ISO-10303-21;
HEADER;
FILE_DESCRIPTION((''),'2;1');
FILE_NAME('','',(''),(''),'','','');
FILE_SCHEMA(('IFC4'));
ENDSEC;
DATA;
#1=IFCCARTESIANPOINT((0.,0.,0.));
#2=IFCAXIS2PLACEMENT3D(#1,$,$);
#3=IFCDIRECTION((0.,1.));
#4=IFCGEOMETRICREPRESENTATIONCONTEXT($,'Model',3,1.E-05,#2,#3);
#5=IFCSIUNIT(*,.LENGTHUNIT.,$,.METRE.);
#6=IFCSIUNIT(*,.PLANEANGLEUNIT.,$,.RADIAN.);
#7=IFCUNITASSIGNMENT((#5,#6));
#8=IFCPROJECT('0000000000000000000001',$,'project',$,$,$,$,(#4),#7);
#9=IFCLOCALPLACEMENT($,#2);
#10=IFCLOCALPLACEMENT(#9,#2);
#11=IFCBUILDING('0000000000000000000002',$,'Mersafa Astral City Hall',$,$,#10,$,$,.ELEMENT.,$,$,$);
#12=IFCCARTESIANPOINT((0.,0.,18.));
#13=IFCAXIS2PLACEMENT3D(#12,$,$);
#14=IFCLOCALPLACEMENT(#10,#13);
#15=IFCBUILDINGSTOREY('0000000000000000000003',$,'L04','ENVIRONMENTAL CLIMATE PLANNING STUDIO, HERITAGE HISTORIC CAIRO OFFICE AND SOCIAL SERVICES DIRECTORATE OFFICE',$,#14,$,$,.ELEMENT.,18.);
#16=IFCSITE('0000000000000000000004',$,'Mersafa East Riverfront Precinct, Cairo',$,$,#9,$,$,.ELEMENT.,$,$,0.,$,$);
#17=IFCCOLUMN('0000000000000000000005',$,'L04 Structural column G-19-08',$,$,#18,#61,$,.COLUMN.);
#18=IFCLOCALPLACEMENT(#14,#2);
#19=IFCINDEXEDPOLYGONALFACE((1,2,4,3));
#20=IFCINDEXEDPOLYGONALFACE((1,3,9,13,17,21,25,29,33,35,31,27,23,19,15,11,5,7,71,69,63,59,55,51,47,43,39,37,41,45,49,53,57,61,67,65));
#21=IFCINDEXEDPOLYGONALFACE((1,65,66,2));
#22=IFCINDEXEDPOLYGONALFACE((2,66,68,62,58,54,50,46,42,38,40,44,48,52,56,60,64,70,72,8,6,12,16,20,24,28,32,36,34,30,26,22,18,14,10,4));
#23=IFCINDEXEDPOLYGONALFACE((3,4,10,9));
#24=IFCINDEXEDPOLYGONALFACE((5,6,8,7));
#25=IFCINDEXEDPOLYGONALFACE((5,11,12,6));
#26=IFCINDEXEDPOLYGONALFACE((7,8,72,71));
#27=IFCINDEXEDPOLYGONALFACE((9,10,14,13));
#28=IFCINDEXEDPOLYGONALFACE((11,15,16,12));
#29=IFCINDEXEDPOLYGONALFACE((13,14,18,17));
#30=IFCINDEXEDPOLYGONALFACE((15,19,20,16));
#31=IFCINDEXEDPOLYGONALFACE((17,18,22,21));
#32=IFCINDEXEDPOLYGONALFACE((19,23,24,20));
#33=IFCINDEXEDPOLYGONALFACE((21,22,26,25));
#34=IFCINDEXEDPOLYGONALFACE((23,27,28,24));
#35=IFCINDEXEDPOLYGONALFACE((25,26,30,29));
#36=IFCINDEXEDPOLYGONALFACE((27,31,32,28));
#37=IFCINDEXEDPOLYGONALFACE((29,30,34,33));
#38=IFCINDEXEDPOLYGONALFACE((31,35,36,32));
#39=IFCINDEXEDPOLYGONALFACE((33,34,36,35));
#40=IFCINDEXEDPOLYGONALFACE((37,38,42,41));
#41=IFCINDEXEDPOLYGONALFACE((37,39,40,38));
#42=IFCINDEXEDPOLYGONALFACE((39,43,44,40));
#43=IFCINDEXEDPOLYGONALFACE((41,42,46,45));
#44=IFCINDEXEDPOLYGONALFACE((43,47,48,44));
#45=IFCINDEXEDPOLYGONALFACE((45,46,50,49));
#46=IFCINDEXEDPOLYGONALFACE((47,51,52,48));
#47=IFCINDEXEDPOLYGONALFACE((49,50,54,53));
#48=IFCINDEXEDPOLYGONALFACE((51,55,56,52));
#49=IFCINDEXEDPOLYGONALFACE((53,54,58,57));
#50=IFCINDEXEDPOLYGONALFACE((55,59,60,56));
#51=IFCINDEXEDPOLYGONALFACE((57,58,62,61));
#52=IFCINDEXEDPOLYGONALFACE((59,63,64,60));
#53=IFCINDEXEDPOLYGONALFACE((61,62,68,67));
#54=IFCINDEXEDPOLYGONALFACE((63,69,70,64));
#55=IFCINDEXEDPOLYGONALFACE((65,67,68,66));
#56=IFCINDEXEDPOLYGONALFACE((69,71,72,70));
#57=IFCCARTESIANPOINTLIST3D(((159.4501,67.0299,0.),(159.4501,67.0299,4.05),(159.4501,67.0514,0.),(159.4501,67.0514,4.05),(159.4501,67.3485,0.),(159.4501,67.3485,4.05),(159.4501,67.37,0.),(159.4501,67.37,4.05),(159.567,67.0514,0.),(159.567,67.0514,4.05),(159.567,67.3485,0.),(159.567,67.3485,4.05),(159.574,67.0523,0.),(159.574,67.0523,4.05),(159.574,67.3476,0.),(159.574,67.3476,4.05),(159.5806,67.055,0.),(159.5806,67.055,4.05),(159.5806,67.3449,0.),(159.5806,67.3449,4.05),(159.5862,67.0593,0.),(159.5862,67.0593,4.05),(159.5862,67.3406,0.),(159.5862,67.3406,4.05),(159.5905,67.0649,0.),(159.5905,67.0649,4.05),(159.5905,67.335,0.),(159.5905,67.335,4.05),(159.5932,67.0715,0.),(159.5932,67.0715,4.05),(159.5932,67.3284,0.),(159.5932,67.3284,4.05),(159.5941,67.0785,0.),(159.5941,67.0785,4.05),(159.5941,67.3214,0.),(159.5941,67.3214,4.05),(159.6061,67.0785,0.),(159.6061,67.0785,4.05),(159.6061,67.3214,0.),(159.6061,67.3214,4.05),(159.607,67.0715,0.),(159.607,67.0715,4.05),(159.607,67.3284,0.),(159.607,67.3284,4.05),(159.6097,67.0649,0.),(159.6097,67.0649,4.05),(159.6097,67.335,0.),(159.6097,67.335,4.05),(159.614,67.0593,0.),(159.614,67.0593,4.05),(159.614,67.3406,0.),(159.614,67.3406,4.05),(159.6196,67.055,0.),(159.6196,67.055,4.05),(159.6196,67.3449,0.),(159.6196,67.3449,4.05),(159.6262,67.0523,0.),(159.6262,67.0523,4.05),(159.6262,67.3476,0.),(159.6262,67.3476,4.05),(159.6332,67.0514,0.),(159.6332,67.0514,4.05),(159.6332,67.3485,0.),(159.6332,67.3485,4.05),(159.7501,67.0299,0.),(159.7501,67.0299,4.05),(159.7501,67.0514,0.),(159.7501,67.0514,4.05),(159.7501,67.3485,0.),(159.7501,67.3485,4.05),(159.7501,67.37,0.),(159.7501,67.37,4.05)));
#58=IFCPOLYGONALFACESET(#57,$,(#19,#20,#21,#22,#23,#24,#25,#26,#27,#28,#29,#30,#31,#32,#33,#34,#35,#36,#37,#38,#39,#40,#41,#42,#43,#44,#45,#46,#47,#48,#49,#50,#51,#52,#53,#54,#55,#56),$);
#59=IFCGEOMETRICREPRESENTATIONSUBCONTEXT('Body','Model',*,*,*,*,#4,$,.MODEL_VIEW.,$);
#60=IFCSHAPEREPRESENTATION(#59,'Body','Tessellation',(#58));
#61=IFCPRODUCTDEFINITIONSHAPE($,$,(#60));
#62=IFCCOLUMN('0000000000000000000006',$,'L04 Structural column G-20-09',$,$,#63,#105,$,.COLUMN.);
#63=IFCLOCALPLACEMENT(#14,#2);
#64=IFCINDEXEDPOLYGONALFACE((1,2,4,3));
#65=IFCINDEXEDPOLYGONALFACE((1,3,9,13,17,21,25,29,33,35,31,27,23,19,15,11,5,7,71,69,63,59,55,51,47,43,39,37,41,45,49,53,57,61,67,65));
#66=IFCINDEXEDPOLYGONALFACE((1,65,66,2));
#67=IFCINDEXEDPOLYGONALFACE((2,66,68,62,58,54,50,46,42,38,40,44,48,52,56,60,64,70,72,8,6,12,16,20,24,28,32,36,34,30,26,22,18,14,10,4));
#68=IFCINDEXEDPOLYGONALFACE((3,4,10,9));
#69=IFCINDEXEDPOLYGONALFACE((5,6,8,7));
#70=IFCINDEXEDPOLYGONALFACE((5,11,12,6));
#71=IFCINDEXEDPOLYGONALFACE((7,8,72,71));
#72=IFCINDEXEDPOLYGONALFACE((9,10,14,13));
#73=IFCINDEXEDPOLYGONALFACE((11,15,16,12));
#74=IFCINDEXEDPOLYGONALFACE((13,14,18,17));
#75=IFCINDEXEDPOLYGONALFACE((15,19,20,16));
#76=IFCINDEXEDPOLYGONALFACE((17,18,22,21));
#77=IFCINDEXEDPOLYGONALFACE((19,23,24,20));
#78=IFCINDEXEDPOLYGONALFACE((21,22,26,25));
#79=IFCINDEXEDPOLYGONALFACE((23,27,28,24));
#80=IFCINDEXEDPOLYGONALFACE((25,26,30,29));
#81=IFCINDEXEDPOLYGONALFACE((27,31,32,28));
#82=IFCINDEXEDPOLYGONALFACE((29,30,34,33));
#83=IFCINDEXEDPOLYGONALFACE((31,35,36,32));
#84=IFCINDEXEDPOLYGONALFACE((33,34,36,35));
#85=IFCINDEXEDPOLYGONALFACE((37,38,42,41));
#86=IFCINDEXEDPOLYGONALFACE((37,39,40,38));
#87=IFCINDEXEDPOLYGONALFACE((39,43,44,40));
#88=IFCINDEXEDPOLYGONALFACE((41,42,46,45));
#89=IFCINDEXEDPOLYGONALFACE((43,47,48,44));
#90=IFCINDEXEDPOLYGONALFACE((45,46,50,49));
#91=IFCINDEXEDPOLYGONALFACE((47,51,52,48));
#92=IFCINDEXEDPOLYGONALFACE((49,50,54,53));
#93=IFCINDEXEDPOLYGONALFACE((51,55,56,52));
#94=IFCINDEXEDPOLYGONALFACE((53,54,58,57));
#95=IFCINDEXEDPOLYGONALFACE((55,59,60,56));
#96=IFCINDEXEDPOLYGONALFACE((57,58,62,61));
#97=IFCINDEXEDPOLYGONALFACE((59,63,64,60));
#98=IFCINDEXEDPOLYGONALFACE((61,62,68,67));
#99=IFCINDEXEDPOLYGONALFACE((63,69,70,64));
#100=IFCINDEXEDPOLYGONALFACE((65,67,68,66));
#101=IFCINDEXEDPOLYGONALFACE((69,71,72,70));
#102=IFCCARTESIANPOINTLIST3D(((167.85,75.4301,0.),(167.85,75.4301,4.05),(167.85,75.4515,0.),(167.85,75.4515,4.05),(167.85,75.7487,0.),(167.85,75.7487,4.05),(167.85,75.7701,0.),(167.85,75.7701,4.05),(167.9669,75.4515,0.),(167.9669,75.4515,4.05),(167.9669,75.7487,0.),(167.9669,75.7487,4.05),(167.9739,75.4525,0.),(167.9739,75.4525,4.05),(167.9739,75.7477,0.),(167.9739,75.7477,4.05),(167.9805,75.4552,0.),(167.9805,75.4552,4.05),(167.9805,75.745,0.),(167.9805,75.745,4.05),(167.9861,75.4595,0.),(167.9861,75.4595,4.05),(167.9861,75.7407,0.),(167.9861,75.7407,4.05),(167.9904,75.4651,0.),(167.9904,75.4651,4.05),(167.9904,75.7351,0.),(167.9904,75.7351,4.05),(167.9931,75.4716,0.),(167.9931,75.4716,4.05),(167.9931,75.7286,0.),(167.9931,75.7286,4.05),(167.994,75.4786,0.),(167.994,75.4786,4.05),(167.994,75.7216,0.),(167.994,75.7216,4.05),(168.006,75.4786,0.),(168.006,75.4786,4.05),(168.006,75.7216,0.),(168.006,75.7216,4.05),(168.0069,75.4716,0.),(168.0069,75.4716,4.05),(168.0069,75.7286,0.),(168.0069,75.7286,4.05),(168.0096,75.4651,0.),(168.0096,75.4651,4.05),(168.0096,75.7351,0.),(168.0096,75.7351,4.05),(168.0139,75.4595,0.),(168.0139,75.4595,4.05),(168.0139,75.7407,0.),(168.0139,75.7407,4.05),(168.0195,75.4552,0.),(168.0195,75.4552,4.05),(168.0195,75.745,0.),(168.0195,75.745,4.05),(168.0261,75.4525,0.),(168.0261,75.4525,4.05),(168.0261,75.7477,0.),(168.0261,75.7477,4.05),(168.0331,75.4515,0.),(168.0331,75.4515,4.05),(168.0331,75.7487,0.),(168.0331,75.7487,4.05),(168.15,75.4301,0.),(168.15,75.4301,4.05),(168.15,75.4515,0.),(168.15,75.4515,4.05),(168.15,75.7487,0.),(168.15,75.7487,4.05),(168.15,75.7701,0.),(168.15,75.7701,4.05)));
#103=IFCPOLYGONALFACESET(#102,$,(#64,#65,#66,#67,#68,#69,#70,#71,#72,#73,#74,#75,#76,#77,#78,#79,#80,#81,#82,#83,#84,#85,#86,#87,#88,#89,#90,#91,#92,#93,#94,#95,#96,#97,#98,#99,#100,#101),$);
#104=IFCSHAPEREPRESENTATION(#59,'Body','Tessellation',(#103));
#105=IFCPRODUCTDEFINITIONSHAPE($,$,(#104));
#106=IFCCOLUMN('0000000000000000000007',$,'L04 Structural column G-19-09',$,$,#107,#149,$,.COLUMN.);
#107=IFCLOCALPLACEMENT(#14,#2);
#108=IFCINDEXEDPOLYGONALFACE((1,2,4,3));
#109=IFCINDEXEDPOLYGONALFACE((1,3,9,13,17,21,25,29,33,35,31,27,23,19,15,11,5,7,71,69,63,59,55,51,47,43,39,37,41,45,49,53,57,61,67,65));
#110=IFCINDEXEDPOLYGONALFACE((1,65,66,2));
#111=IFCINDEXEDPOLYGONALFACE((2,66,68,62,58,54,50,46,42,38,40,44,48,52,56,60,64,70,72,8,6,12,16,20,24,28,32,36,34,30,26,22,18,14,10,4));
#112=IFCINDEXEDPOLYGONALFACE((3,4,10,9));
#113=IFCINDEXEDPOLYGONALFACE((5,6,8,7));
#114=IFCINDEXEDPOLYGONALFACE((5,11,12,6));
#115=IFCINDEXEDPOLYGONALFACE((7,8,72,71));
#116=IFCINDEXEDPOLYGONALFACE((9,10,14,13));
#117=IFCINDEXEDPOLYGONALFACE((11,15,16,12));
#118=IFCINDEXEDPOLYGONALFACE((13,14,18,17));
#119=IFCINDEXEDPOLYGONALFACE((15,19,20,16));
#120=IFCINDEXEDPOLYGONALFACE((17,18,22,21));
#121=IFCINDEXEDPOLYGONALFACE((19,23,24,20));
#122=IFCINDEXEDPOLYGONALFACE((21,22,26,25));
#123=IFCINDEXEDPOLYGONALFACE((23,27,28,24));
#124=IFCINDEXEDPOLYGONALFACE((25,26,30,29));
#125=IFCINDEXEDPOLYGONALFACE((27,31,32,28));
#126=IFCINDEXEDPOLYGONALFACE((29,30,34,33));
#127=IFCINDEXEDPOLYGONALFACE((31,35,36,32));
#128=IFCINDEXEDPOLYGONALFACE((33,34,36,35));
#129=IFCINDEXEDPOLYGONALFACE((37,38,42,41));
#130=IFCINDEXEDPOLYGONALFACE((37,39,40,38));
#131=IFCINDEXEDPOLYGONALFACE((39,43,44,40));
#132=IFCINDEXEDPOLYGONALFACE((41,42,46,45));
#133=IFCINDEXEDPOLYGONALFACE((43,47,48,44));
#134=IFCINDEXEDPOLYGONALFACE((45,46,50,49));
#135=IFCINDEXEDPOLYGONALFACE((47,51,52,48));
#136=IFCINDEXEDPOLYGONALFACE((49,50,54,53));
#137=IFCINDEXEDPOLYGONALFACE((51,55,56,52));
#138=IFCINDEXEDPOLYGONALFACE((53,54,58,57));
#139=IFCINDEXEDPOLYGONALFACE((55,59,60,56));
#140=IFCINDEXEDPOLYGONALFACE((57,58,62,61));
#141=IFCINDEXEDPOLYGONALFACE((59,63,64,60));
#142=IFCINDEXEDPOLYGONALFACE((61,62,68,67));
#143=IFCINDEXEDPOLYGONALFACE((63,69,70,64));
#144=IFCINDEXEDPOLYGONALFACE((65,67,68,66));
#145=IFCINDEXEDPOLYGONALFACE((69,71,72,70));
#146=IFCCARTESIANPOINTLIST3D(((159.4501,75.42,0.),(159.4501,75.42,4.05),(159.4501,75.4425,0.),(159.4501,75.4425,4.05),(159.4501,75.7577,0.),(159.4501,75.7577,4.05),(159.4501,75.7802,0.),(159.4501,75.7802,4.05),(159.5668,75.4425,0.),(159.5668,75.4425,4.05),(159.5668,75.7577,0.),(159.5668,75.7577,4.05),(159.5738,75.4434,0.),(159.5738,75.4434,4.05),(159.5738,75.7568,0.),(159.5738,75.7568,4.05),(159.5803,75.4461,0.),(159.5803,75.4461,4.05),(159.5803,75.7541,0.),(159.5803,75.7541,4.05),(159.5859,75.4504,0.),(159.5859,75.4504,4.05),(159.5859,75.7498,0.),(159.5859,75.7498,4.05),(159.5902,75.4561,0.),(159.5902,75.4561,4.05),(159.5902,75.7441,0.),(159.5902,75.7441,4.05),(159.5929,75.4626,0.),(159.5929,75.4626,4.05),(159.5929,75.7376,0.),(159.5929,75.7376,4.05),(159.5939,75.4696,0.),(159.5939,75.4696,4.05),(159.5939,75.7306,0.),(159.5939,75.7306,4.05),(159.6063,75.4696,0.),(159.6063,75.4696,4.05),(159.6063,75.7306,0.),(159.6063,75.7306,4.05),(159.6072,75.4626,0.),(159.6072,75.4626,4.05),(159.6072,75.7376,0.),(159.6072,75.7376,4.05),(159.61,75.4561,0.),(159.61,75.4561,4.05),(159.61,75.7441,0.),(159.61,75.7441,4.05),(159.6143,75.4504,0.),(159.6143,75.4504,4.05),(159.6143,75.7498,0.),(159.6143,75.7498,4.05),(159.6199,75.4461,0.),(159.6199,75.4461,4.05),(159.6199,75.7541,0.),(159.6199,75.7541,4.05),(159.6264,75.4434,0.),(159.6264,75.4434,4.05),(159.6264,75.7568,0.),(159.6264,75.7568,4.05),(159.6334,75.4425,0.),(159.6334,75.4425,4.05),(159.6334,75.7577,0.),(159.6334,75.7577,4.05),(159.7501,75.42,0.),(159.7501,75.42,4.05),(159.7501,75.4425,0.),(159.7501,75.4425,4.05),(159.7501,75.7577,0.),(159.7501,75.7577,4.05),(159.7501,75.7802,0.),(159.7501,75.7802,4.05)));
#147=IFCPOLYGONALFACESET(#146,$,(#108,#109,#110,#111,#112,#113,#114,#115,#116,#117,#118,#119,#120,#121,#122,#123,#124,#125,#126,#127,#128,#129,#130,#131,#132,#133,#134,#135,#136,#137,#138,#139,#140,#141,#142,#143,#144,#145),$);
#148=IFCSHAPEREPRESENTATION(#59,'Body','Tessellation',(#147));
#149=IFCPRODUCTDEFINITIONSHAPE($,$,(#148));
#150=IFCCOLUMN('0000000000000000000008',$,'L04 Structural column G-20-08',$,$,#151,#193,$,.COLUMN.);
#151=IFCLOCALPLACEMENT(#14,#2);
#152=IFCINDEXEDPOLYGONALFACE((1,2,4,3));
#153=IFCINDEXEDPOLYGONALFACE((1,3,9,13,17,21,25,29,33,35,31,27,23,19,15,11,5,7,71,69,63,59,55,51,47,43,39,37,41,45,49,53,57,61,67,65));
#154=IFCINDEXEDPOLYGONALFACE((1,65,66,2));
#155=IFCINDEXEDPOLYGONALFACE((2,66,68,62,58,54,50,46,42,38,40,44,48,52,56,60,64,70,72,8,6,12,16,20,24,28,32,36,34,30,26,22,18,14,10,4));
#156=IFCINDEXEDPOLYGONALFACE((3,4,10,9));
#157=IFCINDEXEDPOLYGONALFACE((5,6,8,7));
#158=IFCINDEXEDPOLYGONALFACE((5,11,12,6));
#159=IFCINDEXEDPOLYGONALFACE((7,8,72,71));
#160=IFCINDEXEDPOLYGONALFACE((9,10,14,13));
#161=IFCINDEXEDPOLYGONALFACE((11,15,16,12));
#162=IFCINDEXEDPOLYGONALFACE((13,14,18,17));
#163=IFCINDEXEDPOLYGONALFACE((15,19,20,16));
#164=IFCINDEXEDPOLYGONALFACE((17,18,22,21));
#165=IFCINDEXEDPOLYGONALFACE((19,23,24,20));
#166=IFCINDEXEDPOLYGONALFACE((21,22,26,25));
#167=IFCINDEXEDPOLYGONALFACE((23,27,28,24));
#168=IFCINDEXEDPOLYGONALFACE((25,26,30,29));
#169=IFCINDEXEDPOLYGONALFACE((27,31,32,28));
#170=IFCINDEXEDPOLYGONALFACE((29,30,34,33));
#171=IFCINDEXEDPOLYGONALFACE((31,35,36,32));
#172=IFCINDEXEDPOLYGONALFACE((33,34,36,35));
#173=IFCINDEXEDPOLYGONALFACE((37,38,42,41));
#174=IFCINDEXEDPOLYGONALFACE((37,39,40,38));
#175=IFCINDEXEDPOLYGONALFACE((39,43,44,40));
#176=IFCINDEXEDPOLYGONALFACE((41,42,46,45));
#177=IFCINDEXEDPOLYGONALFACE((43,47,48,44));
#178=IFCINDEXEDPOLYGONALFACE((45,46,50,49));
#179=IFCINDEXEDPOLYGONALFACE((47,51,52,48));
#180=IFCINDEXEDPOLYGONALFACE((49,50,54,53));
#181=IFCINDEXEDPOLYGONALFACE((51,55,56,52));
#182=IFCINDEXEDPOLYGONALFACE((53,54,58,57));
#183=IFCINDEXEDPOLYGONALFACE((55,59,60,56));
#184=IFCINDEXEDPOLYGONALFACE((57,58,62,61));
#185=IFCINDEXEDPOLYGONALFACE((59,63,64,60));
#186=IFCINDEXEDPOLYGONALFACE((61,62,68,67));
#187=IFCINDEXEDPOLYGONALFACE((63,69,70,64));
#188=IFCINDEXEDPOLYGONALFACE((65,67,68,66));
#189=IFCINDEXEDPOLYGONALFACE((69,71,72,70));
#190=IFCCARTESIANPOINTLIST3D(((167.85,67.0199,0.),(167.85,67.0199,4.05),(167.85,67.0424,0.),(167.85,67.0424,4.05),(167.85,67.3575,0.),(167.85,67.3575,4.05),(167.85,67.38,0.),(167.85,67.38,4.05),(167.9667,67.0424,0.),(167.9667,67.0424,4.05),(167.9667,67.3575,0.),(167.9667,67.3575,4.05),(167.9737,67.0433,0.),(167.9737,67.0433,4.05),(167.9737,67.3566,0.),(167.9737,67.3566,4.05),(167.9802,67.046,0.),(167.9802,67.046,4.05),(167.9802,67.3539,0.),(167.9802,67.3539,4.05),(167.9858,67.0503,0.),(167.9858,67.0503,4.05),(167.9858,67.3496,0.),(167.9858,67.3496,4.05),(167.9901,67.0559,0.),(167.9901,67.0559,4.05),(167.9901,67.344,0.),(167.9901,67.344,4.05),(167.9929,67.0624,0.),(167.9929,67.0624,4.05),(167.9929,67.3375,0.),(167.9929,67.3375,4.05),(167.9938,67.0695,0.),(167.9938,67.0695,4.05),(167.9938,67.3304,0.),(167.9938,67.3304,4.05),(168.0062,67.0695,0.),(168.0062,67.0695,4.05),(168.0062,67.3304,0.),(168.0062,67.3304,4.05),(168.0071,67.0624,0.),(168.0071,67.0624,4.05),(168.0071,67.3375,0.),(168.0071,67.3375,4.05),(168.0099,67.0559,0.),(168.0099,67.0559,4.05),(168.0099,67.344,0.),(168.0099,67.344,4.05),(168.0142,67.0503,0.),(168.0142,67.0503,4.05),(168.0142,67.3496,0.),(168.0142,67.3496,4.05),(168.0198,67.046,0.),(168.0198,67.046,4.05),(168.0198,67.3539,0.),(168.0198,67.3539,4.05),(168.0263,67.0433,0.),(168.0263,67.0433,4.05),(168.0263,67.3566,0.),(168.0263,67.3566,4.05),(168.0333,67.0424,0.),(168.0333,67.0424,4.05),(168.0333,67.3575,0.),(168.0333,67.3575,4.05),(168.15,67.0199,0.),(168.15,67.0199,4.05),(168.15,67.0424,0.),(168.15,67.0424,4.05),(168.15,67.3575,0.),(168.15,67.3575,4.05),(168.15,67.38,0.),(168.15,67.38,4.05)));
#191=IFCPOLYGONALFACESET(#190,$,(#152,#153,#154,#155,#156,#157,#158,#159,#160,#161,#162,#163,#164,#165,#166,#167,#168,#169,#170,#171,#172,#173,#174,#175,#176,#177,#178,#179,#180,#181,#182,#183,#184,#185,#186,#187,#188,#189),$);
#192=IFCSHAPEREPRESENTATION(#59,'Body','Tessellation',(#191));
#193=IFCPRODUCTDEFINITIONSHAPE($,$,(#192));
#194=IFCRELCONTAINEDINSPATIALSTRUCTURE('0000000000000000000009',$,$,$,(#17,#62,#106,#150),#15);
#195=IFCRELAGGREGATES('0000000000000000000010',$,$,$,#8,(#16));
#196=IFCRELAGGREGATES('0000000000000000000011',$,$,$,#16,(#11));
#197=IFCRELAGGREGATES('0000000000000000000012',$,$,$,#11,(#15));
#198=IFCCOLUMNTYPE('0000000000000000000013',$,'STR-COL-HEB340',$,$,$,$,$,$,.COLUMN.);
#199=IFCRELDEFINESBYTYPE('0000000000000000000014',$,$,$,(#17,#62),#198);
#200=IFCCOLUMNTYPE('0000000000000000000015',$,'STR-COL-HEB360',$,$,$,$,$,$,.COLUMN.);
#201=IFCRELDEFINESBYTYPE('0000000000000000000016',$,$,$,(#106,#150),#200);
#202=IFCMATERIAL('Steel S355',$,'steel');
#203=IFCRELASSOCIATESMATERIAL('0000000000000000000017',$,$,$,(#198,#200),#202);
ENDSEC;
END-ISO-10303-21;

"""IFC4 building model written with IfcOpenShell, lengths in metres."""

from ifc_helpers import new_model, si_unit, direction, frame, origin, origin_2d, place, context, subcontext, project, spatial, i_section, extrude, material, material_profile, profile_set, type_object, element, save


model = new_model("IFC4")

# Units and contexts
model_context = context("Model", 3, precision=1e-05, world=origin(), true_north=direction((0.0, 1.0)))
body_context = subcontext(model_context, "Body", "Model", "MODEL_VIEW")
ifc_project = project(units=[si_unit("LENGTHUNIT", "METRE"), si_unit("PLANEANGLEUNIT", "RADIAN")], contexts=[model_context])

# Site, building, storey
site_placement = place(None, origin())
site = spatial("IfcSite", under=ifc_project, at=site_placement, Name="Mersafa East Riverfront Precinct, Cairo", CompositionType="ELEMENT", RefElevation=0.0)
building_placement = place(site_placement, origin())
building = spatial("IfcBuilding", under=site, at=building_placement, Name="Mersafa Astral City Hall", CompositionType="ELEMENT")
storey_placement = place(building_placement, frame((0.0, 0.0, 18.0)))
storey = spatial("IfcBuildingStorey", under=building, at=storey_placement, Name="L04", Description="ENVIRONMENTAL CLIMATE PLANNING STUDIO, HERITAGE HISTORIC CAIRO OFFICE AND SOCIAL SERVICES DIRECTORATE OFFICE", CompositionType="ELEMENT", Elevation=18.0)

# Columns
ifc_material_1 = material(Name="Steel S355", Category="steel")
ifc_material_profile_1 = material_profile(ifc_material_1, i_section(OverallWidth=0.3, OverallDepth=0.3401, WebThickness=0.012, FlangeThickness=0.0215, FilletRadius=0.0271, at=origin_2d()), Name="HEB 340")
ifc_profile_set_1 = profile_set([ifc_material_profile_1], Name="Steel S355")
column_type_1 = type_object("IfcColumnType", Name="STR-COL-HEB340", PredefinedType="COLUMN", material=ifc_profile_set_1)
for number, where, z_axis, x_axis, name in (
    (1, (159.6001, 67.2, 0.0), (0.0, 0.0, 1.0), (1.0, 0.0, 0.0), "L04 Structural column G-19-08"),
    (2, (168.0, 75.6001, 0.0), (0.0, 0.0, 1.0), (1.0, 0.0, 0.0), "L04 Structural column G-20-09"),
):
    element("IfcColumn", number, at=place(storey_placement, frame(where, z_axis=z_axis, x_axis=x_axis)), inside=storey, type_object=column_type_1, Name=name, PredefinedType="COLUMN", context=body_context, shape_type="SweptSolid", body=[
        extrude(i_section(OverallWidth=0.3, OverallDepth=0.3401, WebThickness=0.012, FlangeThickness=0.0215, FilletRadius=0.0271, at=origin_2d()), origin(), (0.0, 0.0, 1.0), 4.05),
    ])
ifc_material_profile_2 = material_profile(ifc_material_1, i_section(OverallWidth=0.3, OverallDepth=0.3601, WebThickness=0.0125, FlangeThickness=0.0225, FilletRadius=0.0271, at=origin_2d()), Name="HEB 360")
ifc_profile_set_2 = profile_set([ifc_material_profile_2], Name="Steel S355")
column_type_2 = type_object("IfcColumnType", Name="STR-COL-HEB360", PredefinedType="COLUMN", material=ifc_profile_set_2)
for number, where, z_axis, x_axis, name in (
    (3, (159.6001, 75.6001, 0.0), (0.0, 0.0, 1.0), (1.0, 0.0, 0.0), "L04 Structural column G-19-09"),
    (4, (168.0, 67.2, 0.0), (0.0, 0.0, 1.0), (1.0, 0.0, 0.0), "L04 Structural column G-20-08"),
):
    element("IfcColumn", number, at=place(storey_placement, frame(where, z_axis=z_axis, x_axis=x_axis)), inside=storey, type_object=column_type_2, Name=name, PredefinedType="COLUMN", context=body_context, shape_type="SweptSolid", body=[
        extrude(i_section(OverallWidth=0.3, OverallDepth=0.3601, WebThickness=0.0125, FlangeThickness=0.0225, FilletRadius=0.0271, at=origin_2d()), origin(), (0.0, 0.0, 1.0), 4.05),
    ])

save(model, "model.ifc")
